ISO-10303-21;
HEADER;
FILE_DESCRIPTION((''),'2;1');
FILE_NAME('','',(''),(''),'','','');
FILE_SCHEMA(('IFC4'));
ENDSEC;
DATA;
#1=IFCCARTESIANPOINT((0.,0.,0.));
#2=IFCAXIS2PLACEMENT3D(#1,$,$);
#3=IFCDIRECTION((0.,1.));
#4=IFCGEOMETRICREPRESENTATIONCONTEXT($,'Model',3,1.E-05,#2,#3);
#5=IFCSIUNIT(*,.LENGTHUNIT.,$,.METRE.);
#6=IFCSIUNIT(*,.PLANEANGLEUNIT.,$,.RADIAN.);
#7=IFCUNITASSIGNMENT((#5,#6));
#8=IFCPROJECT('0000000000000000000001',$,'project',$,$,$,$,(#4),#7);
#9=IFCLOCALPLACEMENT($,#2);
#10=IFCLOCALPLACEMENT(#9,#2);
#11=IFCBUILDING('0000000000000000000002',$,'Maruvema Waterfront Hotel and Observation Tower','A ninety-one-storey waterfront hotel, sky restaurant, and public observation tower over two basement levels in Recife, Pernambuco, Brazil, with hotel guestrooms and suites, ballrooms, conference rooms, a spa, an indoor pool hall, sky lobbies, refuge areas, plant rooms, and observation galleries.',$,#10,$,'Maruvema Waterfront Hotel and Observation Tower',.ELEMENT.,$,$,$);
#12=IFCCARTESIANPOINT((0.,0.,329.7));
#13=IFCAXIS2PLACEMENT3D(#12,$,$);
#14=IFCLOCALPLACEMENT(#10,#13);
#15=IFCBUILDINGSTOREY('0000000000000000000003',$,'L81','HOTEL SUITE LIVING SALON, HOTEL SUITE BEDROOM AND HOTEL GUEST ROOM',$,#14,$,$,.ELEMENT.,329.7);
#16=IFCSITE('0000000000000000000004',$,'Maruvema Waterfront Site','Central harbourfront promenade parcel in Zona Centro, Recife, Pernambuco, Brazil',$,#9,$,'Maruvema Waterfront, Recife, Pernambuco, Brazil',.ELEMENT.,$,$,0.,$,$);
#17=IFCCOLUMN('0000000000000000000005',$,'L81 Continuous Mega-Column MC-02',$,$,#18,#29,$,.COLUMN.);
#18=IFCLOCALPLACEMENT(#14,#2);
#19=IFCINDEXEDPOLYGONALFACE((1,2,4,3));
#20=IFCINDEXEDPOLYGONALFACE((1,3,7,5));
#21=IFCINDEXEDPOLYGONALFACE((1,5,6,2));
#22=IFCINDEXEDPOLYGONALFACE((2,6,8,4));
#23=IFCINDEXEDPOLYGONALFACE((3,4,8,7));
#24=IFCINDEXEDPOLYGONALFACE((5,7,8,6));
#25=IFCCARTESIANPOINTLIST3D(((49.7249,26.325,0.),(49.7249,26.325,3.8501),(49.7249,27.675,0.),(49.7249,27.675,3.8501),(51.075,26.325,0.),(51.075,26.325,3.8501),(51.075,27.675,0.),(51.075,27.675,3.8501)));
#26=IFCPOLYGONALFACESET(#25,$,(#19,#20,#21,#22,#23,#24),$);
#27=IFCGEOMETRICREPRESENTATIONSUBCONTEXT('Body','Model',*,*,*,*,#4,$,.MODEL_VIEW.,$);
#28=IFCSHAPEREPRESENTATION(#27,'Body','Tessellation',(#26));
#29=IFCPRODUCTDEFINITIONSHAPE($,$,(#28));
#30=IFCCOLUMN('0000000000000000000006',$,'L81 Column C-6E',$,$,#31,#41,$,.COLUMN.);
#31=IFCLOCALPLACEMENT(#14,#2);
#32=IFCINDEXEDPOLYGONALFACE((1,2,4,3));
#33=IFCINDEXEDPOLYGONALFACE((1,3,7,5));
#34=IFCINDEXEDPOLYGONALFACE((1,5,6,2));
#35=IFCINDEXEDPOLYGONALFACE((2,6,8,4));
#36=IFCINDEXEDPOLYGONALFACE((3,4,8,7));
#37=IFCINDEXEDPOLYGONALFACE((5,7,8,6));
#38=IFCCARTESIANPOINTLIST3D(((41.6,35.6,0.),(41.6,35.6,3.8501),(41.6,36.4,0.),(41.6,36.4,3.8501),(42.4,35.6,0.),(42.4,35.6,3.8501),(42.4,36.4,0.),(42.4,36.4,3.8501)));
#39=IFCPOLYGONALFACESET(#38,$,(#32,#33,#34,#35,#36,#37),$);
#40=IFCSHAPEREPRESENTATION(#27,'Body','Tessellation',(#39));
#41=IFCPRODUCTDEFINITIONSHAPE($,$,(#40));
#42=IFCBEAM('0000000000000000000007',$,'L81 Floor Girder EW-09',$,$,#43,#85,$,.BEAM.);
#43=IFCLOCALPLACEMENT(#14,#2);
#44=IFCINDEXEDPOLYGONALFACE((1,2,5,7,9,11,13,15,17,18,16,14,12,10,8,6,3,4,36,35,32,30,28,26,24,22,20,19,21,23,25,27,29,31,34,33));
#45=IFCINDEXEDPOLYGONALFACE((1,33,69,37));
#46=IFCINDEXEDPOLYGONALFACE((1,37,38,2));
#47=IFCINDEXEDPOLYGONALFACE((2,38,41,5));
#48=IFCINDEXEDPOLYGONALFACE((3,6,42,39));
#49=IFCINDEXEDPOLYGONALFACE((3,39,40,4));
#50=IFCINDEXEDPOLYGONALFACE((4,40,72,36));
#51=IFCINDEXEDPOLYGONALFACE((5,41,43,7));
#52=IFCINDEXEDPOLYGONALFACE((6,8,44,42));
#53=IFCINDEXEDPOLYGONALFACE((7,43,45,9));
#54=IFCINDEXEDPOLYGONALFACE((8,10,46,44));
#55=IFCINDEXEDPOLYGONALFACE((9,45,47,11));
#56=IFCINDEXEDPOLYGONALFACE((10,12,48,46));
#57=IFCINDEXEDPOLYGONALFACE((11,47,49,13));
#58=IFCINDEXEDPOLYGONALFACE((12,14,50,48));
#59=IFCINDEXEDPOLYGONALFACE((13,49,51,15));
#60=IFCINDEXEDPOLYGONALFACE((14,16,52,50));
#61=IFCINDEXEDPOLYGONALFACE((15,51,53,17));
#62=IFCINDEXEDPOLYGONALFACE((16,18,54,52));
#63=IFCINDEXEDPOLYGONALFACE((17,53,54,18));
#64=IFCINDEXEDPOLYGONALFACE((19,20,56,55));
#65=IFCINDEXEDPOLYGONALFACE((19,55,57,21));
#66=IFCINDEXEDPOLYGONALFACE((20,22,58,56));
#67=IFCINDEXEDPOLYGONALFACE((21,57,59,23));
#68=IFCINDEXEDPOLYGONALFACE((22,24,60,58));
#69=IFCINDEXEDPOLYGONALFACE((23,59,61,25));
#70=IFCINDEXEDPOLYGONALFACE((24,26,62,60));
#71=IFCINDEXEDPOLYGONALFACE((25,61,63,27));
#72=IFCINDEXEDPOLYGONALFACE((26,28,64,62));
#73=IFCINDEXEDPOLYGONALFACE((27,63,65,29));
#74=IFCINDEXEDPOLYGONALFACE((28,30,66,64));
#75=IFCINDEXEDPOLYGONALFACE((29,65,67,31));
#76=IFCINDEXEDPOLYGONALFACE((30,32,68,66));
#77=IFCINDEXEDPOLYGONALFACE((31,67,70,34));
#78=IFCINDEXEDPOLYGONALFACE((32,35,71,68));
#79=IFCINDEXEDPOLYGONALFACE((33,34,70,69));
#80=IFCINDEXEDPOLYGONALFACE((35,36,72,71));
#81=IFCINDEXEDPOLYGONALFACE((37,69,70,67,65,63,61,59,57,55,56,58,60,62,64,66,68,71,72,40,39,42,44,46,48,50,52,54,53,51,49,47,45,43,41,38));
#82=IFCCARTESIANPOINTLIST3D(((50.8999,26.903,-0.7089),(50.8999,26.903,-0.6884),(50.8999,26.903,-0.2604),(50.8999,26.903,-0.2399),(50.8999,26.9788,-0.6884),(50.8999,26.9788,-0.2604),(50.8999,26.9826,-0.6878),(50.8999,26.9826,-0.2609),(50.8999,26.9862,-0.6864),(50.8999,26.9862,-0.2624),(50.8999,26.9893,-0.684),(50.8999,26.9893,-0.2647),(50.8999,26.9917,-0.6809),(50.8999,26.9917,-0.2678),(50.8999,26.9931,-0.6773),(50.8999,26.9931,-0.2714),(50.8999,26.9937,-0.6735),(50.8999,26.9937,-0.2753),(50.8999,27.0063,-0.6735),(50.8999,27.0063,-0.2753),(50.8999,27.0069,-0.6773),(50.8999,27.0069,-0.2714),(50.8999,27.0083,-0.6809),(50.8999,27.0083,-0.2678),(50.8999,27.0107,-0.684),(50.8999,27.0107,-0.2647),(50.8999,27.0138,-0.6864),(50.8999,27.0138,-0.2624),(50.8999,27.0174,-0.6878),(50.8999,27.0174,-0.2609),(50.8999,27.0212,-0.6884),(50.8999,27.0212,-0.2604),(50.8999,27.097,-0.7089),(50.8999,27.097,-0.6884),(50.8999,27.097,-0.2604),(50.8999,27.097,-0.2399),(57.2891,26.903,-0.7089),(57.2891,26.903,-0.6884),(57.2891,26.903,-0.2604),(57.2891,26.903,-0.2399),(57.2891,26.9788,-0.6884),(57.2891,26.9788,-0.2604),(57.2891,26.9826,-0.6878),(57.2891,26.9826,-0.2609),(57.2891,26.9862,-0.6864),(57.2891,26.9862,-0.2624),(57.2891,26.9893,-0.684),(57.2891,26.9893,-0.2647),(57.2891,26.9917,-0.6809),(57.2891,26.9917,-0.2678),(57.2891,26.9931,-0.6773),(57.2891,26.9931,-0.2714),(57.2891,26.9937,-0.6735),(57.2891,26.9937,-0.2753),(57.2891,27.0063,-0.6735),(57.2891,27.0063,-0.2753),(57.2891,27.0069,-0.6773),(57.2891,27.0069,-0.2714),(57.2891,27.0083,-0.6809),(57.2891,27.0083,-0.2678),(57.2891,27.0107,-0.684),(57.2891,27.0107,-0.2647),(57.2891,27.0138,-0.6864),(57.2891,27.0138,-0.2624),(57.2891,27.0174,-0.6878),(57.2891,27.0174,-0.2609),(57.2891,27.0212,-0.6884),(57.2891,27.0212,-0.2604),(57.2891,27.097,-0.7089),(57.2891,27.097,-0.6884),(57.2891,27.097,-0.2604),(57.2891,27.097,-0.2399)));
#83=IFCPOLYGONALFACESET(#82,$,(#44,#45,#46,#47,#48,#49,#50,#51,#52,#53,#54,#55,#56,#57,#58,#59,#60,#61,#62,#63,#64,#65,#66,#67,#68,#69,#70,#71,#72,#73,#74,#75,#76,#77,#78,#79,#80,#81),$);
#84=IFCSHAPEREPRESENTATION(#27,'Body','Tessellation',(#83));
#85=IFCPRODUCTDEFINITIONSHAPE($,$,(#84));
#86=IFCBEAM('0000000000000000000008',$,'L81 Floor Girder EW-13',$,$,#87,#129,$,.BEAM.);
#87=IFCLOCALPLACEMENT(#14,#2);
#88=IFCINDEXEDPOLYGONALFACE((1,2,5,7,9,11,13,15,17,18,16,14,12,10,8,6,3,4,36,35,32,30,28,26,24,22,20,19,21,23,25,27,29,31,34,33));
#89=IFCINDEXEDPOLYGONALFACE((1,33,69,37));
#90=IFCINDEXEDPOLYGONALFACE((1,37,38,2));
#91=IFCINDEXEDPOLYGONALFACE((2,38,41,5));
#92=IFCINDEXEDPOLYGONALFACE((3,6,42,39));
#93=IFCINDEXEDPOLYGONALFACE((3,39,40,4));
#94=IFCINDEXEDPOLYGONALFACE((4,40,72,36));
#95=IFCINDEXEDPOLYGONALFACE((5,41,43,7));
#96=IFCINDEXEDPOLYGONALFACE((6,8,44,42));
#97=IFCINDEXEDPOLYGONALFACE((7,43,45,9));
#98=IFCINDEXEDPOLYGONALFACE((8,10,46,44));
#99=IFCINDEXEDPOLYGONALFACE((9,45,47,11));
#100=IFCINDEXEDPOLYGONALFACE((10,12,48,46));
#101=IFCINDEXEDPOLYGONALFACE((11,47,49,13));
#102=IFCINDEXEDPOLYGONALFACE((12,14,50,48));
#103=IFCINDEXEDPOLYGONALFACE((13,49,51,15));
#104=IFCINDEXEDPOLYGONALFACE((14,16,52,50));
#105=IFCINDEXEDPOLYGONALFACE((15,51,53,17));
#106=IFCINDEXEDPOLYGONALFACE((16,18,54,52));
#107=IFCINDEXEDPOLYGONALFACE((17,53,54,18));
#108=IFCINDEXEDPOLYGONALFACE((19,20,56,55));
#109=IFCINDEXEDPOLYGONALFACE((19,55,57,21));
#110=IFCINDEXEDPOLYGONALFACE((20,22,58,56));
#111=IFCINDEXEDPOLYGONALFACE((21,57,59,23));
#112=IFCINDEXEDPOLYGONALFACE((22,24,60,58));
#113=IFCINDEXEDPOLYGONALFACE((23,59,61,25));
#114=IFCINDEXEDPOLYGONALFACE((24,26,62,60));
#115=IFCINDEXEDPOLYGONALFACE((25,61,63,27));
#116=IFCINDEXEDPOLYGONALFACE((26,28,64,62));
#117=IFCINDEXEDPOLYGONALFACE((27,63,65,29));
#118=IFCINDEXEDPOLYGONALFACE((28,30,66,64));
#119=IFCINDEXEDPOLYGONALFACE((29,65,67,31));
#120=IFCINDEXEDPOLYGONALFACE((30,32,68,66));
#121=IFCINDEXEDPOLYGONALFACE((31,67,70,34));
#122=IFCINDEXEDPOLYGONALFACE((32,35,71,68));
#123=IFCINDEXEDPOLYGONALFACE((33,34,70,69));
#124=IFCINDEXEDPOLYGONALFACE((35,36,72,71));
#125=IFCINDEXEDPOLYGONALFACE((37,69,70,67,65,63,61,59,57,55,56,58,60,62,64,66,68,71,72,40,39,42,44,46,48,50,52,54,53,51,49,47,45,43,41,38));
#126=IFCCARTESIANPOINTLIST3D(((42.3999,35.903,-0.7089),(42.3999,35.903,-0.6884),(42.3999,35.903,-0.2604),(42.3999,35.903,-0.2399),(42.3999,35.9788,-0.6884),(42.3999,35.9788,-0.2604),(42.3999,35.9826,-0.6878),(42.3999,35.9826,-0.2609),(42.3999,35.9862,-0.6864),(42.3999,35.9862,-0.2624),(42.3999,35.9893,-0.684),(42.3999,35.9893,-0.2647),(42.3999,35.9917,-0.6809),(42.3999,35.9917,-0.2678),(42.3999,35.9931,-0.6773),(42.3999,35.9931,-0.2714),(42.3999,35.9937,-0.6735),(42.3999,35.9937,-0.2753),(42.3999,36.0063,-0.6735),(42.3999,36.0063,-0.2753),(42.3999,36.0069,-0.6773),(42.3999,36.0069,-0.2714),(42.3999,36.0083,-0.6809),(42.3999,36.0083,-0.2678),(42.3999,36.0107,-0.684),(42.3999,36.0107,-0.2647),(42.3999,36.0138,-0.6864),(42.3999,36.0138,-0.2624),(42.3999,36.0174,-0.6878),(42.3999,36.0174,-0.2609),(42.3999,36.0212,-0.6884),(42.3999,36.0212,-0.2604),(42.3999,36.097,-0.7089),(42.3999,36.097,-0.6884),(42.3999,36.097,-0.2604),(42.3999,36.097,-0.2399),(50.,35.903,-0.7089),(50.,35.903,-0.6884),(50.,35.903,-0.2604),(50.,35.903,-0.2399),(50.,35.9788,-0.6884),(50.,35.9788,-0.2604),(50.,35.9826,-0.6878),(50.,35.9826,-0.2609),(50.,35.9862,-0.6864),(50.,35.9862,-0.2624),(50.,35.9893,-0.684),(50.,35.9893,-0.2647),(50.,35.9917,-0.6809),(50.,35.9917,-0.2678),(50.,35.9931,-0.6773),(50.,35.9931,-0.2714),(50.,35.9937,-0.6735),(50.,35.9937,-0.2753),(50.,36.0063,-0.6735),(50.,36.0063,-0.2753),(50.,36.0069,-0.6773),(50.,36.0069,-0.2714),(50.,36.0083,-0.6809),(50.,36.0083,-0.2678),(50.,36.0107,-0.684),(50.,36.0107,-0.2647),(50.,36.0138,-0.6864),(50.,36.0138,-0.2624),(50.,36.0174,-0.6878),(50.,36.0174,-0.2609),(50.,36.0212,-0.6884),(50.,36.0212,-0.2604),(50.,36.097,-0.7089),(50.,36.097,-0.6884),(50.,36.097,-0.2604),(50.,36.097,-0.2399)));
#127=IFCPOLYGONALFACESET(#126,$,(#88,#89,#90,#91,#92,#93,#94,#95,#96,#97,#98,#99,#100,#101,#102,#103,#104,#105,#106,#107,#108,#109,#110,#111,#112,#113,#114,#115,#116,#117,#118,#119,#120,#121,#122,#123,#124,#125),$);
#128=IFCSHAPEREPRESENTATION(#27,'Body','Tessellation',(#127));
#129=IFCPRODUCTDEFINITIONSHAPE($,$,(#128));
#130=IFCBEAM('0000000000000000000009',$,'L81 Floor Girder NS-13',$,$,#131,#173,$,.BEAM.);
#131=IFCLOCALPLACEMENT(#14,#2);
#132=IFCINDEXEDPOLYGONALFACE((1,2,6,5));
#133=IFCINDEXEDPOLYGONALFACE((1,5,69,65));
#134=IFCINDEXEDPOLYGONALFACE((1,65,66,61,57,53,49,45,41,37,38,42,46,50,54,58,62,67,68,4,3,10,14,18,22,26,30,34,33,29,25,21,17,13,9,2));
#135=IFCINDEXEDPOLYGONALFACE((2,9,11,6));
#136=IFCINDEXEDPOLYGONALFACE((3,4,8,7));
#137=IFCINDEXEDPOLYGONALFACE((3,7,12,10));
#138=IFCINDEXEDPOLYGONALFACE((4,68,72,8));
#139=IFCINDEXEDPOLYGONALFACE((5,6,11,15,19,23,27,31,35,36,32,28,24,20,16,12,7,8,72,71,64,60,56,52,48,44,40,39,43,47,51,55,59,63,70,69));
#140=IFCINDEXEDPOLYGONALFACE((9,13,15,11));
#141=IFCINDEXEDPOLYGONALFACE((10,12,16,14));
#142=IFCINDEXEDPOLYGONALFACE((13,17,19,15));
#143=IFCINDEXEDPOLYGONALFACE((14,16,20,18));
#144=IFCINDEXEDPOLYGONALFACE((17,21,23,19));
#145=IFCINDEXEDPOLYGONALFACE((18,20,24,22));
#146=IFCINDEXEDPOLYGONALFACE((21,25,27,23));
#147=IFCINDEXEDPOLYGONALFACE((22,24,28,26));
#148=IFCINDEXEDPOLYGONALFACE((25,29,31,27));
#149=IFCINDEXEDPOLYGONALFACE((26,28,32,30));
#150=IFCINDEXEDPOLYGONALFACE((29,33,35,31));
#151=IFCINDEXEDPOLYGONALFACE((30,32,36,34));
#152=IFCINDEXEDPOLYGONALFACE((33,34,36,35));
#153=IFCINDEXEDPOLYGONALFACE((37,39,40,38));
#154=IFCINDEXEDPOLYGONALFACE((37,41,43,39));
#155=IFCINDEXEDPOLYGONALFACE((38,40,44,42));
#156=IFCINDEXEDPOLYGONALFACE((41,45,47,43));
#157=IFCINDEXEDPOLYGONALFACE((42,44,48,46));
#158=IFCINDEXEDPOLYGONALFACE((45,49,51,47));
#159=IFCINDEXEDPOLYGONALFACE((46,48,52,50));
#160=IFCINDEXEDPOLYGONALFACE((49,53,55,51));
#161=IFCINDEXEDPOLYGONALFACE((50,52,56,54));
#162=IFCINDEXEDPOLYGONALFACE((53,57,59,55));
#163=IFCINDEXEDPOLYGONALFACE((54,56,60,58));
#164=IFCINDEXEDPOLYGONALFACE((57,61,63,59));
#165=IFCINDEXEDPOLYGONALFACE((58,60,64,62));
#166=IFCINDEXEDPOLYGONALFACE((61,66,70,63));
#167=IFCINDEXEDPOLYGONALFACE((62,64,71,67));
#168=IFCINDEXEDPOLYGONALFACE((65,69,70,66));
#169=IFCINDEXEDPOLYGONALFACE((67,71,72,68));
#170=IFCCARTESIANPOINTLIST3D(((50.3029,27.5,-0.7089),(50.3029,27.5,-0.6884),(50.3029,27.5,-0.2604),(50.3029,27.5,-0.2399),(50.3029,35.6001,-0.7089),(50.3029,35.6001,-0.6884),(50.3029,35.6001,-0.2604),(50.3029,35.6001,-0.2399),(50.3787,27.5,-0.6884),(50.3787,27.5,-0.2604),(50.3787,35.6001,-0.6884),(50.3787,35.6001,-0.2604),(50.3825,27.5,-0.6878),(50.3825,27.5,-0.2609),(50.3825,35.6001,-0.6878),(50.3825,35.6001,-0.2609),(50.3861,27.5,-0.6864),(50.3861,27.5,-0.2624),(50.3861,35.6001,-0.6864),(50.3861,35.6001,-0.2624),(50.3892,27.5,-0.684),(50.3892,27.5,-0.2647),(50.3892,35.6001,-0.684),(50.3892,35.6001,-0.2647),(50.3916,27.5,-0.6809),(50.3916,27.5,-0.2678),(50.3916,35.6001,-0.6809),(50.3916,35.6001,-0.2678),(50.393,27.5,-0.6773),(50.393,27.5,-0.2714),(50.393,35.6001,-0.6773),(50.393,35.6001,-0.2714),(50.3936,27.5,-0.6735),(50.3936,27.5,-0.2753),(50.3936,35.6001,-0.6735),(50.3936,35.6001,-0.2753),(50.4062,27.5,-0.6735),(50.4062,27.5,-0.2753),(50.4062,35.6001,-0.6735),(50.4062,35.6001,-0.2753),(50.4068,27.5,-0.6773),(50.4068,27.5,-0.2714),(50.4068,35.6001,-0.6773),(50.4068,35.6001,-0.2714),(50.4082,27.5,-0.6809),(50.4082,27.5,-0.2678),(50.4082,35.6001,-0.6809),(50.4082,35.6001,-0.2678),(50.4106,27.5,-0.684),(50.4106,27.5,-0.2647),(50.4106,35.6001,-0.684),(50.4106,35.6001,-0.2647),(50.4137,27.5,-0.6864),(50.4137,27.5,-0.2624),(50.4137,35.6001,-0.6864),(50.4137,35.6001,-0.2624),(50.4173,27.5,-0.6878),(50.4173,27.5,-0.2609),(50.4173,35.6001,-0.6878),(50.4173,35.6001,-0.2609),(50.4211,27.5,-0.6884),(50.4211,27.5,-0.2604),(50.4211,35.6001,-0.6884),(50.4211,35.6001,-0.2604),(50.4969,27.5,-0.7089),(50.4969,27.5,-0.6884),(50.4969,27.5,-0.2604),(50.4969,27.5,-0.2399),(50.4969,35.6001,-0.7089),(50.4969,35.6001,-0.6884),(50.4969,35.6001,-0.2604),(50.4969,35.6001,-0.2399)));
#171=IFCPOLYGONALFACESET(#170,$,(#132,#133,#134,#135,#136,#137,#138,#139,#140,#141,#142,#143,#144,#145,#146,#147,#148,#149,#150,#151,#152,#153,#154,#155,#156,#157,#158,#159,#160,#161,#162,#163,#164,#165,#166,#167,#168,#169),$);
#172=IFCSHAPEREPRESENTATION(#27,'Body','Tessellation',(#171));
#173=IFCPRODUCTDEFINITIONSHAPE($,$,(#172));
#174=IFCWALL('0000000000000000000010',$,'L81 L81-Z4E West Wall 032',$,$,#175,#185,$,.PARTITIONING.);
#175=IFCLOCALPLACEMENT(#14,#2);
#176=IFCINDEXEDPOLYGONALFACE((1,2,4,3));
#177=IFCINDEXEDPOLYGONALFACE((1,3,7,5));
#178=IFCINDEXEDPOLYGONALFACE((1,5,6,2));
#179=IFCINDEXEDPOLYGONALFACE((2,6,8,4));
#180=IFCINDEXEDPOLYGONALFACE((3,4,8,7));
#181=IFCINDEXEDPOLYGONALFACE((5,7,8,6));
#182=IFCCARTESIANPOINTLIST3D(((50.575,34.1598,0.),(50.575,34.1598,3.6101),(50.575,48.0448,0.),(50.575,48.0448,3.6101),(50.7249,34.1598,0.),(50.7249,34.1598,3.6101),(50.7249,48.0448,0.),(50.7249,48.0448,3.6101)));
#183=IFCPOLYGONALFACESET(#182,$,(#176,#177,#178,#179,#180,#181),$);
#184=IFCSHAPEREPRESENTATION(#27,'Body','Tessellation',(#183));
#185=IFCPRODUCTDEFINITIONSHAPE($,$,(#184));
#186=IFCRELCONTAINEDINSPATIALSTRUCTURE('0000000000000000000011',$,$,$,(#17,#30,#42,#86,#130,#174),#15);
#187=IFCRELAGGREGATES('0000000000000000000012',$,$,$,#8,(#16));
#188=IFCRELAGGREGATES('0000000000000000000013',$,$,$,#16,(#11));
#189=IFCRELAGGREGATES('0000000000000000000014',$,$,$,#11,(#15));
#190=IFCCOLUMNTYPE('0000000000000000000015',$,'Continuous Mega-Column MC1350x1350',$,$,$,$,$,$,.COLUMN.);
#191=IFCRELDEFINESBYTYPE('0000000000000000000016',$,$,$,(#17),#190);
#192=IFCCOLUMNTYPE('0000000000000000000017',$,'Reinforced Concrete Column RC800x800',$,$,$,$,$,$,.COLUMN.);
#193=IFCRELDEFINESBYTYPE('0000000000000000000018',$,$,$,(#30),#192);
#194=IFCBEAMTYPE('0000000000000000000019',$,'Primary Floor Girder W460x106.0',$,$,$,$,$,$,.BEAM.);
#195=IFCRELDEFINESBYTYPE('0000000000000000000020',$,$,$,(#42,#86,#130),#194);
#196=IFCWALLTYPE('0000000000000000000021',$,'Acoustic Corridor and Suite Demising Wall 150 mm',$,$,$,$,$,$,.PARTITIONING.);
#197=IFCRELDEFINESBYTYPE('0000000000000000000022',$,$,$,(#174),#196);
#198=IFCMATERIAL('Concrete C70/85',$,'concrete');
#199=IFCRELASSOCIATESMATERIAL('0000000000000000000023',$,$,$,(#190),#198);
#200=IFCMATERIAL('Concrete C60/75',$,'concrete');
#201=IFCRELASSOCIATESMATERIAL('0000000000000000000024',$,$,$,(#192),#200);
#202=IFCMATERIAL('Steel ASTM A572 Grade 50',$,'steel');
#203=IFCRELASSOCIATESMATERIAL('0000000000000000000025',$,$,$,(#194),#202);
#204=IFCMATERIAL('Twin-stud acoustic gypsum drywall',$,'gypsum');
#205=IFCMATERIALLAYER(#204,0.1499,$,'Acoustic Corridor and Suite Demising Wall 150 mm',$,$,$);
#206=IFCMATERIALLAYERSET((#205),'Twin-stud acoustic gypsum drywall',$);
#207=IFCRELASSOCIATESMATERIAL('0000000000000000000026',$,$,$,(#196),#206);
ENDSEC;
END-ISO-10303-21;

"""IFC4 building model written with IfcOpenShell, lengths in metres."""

from ifc_helpers import new_model, si_unit, direction, frame, frame_2d, origin, origin_2d, place, context, subcontext, project, spatial, rectangle, i_section, extrude, material, layer, layer_set, material_profile, profile_set, type_object, element, save


model = new_model("IFC4")

# Units and contexts
model_context = context("Model", 3, precision=1e-05, world=origin(), true_north=direction((0.0, 1.0)))
body_context = subcontext(model_context, "Body", "Model", "MODEL_VIEW")
ifc_project = project(units=[si_unit("LENGTHUNIT", "METRE"), si_unit("PLANEANGLEUNIT", "RADIAN")], contexts=[model_context])

# Site, building, storey
site_placement = place(None, origin())
site = spatial("IfcSite", under=ifc_project, at=site_placement, Name="Maruvema Waterfront Site", Description="Central harbourfront promenade parcel in Zona Centro, Recife, Pernambuco, Brazil", LongName="Maruvema Waterfront, Recife, Pernambuco, Brazil", CompositionType="ELEMENT", RefElevation=0.0)
building_placement = place(site_placement, origin())
building = spatial("IfcBuilding", under=site, at=building_placement, Name="Maruvema Waterfront Hotel and Observation Tower", Description="A ninety-one-storey waterfront hotel, sky restaurant, and public observation tower over two basement levels in Recife, Pernambuco, Brazil, with hotel guestrooms and suites, ballrooms, conference rooms, a spa, an indoor pool hall, sky lobbies, refuge areas, plant rooms, and observation galleries.", LongName="Maruvema Waterfront Hotel and Observation Tower", CompositionType="ELEMENT")
storey_placement = place(building_placement, frame((0.0, 0.0, 329.7)))
storey = spatial("IfcBuildingStorey", under=building, at=storey_placement, Name="L81", Description="HOTEL SUITE LIVING SALON, HOTEL SUITE BEDROOM AND HOTEL GUEST ROOM", CompositionType="ELEMENT", Elevation=329.7)

# Columns
ifc_material_1 = material(Name="Concrete C70/85", Category="concrete")
ifc_material_profile_1 = material_profile(ifc_material_1, rectangle(XDim=1.3501, YDim=1.3501, at=origin_2d()), Name="MC1350x1350")
ifc_profile_set_1 = profile_set([ifc_material_profile_1], Name="Concrete C70/85")
column_type_1 = type_object("IfcColumnType", Name="Continuous Mega-Column MC1350x1350", PredefinedType="COLUMN", material=ifc_profile_set_1)
column_1_placement = place(storey_placement, frame((50.3999, 27.0, 0.0), z_axis=(0.0, 0.0, 1.0), x_axis=(1.0, 0.0, 0.0)))
element("IfcColumn", 1, at=column_1_placement, inside=storey, type_object=column_type_1, Name="L81 Continuous Mega-Column MC-02", PredefinedType="COLUMN", context=body_context, shape_type="SweptSolid", body=[
    extrude(rectangle(XDim=1.3501, YDim=1.3501, at=origin_2d()), origin(), (0.0, 0.0, 1.0), 3.8501),
])
ifc_material_2 = material(Name="Concrete C60/75", Category="concrete")
ifc_material_profile_2 = material_profile(ifc_material_2, rectangle(XDim=0.8, YDim=0.8, at=origin_2d()), Name="RC800x800")
ifc_profile_set_2 = profile_set([ifc_material_profile_2], Name="Concrete C60/75")
column_type_2 = type_object("IfcColumnType", Name="Reinforced Concrete Column RC800x800", PredefinedType="COLUMN", material=ifc_profile_set_2)
column_2_placement = place(storey_placement, frame((42.0, 36.0, 0.0), z_axis=(0.0, 0.0, 1.0), x_axis=(1.0, 0.0, 0.0)))
element("IfcColumn", 2, at=column_2_placement, inside=storey, type_object=column_type_2, Name="L81 Column C-6E", PredefinedType="COLUMN", context=body_context, shape_type="SweptSolid", body=[
    extrude(rectangle(XDim=0.8, YDim=0.8, at=origin_2d()), origin(), (0.0, 0.0, 1.0), 3.8501),
])

# Beams
ifc_material_3 = material(Name="Steel ASTM A572 Grade 50", Category="steel")
ifc_material_profile_3 = material_profile(ifc_material_3, i_section(OverallWidth=0.1941, OverallDepth=0.469, WebThickness=0.0127, FlangeThickness=0.0205, FilletRadius=0.0149, at=origin_2d()), Name="W460x106.0")
ifc_profile_set_3 = profile_set([ifc_material_profile_3], Name="Steel ASTM A572 Grade 50")
beam_type = type_object("IfcBeamType", Name="Primary Floor Girder W460x106.0", PredefinedType="BEAM", material=ifc_profile_set_3)
beam_1_placement = place(storey_placement, frame((50.8999, 27.0, -0.4744), z_axis=(1.0, 0.0, 0.0), x_axis=(0.0, 1.0, 0.0)))
element("IfcBeam", 3, at=beam_1_placement, inside=storey, type_object=beam_type, Name="L81 Floor Girder EW-09", PredefinedType="BEAM", context=body_context, shape_type="SweptSolid", body=[
    extrude(i_section(OverallWidth=0.1941, OverallDepth=0.469, WebThickness=0.0127, FlangeThickness=0.0205, FilletRadius=0.0149, at=origin_2d()), origin(), (0.0, 0.0, 1.0), 6.3892),
])
beam_2_placement = place(storey_placement, frame((42.3999, 36.0, -0.4744), z_axis=(1.0, 0.0, 0.0), x_axis=(0.0, 1.0, 0.0)))
element("IfcBeam", 4, at=beam_2_placement, inside=storey, type_object=beam_type, Name="L81 Floor Girder EW-13", PredefinedType="BEAM", context=body_context, shape_type="SweptSolid", body=[
    extrude(i_section(OverallWidth=0.1941, OverallDepth=0.469, WebThickness=0.0127, FlangeThickness=0.0205, FilletRadius=0.0149, at=origin_2d()), origin(), (0.0, 0.0, 1.0), 7.6001),
])
beam_3_placement = place(storey_placement, frame((50.3999, 27.5, -0.4744), z_axis=(0.0, 1.0, 0.0), x_axis=(-1.0, 0.0, 0.0)))
element("IfcBeam", 5, at=beam_3_placement, inside=storey, type_object=beam_type, Name="L81 Floor Girder NS-13", PredefinedType="BEAM", context=body_context, shape_type="SweptSolid", body=[
    extrude(i_section(OverallWidth=0.1941, OverallDepth=0.469, WebThickness=0.0127, FlangeThickness=0.0205, FilletRadius=0.0149, at=origin_2d()), origin(), (0.0, 0.0, 1.0), 8.1001),
])

# Wall
ifc_material_4 = material(Name="Twin-stud acoustic gypsum drywall", Category="gypsum")
ifc_layer_1 = layer(ifc_material_4, 0.1499, Name="Acoustic Corridor and Suite Demising Wall 150 mm")
ifc_layer_set_1 = layer_set([ifc_layer_1], Name="Twin-stud acoustic gypsum drywall")
wall_type_1 = type_object("IfcWallType", Name="Acoustic Corridor and Suite Demising Wall 150 mm", PredefinedType="PARTITIONING", material=ifc_layer_set_1)
wall_1_placement = place(storey_placement, frame((50.6499, 34.1599, 0.0), z_axis=(0.0, 0.0, 1.0), x_axis=(0.0, 1.0, 0.0)))
element("IfcWall", 6, at=wall_1_placement, inside=storey, type_object=wall_type_1, Name="L81 L81-Z4E West Wall 032", PredefinedType="PARTITIONING", context=body_context, shape_type="SweptSolid", body=[
    extrude(rectangle(XDim=13.885, YDim=0.1499, at=frame_2d((6.9424, 0.0))), origin(), (0.0, 0.0, 1.0), 3.6101),
])

save(model, "model.ifc")
